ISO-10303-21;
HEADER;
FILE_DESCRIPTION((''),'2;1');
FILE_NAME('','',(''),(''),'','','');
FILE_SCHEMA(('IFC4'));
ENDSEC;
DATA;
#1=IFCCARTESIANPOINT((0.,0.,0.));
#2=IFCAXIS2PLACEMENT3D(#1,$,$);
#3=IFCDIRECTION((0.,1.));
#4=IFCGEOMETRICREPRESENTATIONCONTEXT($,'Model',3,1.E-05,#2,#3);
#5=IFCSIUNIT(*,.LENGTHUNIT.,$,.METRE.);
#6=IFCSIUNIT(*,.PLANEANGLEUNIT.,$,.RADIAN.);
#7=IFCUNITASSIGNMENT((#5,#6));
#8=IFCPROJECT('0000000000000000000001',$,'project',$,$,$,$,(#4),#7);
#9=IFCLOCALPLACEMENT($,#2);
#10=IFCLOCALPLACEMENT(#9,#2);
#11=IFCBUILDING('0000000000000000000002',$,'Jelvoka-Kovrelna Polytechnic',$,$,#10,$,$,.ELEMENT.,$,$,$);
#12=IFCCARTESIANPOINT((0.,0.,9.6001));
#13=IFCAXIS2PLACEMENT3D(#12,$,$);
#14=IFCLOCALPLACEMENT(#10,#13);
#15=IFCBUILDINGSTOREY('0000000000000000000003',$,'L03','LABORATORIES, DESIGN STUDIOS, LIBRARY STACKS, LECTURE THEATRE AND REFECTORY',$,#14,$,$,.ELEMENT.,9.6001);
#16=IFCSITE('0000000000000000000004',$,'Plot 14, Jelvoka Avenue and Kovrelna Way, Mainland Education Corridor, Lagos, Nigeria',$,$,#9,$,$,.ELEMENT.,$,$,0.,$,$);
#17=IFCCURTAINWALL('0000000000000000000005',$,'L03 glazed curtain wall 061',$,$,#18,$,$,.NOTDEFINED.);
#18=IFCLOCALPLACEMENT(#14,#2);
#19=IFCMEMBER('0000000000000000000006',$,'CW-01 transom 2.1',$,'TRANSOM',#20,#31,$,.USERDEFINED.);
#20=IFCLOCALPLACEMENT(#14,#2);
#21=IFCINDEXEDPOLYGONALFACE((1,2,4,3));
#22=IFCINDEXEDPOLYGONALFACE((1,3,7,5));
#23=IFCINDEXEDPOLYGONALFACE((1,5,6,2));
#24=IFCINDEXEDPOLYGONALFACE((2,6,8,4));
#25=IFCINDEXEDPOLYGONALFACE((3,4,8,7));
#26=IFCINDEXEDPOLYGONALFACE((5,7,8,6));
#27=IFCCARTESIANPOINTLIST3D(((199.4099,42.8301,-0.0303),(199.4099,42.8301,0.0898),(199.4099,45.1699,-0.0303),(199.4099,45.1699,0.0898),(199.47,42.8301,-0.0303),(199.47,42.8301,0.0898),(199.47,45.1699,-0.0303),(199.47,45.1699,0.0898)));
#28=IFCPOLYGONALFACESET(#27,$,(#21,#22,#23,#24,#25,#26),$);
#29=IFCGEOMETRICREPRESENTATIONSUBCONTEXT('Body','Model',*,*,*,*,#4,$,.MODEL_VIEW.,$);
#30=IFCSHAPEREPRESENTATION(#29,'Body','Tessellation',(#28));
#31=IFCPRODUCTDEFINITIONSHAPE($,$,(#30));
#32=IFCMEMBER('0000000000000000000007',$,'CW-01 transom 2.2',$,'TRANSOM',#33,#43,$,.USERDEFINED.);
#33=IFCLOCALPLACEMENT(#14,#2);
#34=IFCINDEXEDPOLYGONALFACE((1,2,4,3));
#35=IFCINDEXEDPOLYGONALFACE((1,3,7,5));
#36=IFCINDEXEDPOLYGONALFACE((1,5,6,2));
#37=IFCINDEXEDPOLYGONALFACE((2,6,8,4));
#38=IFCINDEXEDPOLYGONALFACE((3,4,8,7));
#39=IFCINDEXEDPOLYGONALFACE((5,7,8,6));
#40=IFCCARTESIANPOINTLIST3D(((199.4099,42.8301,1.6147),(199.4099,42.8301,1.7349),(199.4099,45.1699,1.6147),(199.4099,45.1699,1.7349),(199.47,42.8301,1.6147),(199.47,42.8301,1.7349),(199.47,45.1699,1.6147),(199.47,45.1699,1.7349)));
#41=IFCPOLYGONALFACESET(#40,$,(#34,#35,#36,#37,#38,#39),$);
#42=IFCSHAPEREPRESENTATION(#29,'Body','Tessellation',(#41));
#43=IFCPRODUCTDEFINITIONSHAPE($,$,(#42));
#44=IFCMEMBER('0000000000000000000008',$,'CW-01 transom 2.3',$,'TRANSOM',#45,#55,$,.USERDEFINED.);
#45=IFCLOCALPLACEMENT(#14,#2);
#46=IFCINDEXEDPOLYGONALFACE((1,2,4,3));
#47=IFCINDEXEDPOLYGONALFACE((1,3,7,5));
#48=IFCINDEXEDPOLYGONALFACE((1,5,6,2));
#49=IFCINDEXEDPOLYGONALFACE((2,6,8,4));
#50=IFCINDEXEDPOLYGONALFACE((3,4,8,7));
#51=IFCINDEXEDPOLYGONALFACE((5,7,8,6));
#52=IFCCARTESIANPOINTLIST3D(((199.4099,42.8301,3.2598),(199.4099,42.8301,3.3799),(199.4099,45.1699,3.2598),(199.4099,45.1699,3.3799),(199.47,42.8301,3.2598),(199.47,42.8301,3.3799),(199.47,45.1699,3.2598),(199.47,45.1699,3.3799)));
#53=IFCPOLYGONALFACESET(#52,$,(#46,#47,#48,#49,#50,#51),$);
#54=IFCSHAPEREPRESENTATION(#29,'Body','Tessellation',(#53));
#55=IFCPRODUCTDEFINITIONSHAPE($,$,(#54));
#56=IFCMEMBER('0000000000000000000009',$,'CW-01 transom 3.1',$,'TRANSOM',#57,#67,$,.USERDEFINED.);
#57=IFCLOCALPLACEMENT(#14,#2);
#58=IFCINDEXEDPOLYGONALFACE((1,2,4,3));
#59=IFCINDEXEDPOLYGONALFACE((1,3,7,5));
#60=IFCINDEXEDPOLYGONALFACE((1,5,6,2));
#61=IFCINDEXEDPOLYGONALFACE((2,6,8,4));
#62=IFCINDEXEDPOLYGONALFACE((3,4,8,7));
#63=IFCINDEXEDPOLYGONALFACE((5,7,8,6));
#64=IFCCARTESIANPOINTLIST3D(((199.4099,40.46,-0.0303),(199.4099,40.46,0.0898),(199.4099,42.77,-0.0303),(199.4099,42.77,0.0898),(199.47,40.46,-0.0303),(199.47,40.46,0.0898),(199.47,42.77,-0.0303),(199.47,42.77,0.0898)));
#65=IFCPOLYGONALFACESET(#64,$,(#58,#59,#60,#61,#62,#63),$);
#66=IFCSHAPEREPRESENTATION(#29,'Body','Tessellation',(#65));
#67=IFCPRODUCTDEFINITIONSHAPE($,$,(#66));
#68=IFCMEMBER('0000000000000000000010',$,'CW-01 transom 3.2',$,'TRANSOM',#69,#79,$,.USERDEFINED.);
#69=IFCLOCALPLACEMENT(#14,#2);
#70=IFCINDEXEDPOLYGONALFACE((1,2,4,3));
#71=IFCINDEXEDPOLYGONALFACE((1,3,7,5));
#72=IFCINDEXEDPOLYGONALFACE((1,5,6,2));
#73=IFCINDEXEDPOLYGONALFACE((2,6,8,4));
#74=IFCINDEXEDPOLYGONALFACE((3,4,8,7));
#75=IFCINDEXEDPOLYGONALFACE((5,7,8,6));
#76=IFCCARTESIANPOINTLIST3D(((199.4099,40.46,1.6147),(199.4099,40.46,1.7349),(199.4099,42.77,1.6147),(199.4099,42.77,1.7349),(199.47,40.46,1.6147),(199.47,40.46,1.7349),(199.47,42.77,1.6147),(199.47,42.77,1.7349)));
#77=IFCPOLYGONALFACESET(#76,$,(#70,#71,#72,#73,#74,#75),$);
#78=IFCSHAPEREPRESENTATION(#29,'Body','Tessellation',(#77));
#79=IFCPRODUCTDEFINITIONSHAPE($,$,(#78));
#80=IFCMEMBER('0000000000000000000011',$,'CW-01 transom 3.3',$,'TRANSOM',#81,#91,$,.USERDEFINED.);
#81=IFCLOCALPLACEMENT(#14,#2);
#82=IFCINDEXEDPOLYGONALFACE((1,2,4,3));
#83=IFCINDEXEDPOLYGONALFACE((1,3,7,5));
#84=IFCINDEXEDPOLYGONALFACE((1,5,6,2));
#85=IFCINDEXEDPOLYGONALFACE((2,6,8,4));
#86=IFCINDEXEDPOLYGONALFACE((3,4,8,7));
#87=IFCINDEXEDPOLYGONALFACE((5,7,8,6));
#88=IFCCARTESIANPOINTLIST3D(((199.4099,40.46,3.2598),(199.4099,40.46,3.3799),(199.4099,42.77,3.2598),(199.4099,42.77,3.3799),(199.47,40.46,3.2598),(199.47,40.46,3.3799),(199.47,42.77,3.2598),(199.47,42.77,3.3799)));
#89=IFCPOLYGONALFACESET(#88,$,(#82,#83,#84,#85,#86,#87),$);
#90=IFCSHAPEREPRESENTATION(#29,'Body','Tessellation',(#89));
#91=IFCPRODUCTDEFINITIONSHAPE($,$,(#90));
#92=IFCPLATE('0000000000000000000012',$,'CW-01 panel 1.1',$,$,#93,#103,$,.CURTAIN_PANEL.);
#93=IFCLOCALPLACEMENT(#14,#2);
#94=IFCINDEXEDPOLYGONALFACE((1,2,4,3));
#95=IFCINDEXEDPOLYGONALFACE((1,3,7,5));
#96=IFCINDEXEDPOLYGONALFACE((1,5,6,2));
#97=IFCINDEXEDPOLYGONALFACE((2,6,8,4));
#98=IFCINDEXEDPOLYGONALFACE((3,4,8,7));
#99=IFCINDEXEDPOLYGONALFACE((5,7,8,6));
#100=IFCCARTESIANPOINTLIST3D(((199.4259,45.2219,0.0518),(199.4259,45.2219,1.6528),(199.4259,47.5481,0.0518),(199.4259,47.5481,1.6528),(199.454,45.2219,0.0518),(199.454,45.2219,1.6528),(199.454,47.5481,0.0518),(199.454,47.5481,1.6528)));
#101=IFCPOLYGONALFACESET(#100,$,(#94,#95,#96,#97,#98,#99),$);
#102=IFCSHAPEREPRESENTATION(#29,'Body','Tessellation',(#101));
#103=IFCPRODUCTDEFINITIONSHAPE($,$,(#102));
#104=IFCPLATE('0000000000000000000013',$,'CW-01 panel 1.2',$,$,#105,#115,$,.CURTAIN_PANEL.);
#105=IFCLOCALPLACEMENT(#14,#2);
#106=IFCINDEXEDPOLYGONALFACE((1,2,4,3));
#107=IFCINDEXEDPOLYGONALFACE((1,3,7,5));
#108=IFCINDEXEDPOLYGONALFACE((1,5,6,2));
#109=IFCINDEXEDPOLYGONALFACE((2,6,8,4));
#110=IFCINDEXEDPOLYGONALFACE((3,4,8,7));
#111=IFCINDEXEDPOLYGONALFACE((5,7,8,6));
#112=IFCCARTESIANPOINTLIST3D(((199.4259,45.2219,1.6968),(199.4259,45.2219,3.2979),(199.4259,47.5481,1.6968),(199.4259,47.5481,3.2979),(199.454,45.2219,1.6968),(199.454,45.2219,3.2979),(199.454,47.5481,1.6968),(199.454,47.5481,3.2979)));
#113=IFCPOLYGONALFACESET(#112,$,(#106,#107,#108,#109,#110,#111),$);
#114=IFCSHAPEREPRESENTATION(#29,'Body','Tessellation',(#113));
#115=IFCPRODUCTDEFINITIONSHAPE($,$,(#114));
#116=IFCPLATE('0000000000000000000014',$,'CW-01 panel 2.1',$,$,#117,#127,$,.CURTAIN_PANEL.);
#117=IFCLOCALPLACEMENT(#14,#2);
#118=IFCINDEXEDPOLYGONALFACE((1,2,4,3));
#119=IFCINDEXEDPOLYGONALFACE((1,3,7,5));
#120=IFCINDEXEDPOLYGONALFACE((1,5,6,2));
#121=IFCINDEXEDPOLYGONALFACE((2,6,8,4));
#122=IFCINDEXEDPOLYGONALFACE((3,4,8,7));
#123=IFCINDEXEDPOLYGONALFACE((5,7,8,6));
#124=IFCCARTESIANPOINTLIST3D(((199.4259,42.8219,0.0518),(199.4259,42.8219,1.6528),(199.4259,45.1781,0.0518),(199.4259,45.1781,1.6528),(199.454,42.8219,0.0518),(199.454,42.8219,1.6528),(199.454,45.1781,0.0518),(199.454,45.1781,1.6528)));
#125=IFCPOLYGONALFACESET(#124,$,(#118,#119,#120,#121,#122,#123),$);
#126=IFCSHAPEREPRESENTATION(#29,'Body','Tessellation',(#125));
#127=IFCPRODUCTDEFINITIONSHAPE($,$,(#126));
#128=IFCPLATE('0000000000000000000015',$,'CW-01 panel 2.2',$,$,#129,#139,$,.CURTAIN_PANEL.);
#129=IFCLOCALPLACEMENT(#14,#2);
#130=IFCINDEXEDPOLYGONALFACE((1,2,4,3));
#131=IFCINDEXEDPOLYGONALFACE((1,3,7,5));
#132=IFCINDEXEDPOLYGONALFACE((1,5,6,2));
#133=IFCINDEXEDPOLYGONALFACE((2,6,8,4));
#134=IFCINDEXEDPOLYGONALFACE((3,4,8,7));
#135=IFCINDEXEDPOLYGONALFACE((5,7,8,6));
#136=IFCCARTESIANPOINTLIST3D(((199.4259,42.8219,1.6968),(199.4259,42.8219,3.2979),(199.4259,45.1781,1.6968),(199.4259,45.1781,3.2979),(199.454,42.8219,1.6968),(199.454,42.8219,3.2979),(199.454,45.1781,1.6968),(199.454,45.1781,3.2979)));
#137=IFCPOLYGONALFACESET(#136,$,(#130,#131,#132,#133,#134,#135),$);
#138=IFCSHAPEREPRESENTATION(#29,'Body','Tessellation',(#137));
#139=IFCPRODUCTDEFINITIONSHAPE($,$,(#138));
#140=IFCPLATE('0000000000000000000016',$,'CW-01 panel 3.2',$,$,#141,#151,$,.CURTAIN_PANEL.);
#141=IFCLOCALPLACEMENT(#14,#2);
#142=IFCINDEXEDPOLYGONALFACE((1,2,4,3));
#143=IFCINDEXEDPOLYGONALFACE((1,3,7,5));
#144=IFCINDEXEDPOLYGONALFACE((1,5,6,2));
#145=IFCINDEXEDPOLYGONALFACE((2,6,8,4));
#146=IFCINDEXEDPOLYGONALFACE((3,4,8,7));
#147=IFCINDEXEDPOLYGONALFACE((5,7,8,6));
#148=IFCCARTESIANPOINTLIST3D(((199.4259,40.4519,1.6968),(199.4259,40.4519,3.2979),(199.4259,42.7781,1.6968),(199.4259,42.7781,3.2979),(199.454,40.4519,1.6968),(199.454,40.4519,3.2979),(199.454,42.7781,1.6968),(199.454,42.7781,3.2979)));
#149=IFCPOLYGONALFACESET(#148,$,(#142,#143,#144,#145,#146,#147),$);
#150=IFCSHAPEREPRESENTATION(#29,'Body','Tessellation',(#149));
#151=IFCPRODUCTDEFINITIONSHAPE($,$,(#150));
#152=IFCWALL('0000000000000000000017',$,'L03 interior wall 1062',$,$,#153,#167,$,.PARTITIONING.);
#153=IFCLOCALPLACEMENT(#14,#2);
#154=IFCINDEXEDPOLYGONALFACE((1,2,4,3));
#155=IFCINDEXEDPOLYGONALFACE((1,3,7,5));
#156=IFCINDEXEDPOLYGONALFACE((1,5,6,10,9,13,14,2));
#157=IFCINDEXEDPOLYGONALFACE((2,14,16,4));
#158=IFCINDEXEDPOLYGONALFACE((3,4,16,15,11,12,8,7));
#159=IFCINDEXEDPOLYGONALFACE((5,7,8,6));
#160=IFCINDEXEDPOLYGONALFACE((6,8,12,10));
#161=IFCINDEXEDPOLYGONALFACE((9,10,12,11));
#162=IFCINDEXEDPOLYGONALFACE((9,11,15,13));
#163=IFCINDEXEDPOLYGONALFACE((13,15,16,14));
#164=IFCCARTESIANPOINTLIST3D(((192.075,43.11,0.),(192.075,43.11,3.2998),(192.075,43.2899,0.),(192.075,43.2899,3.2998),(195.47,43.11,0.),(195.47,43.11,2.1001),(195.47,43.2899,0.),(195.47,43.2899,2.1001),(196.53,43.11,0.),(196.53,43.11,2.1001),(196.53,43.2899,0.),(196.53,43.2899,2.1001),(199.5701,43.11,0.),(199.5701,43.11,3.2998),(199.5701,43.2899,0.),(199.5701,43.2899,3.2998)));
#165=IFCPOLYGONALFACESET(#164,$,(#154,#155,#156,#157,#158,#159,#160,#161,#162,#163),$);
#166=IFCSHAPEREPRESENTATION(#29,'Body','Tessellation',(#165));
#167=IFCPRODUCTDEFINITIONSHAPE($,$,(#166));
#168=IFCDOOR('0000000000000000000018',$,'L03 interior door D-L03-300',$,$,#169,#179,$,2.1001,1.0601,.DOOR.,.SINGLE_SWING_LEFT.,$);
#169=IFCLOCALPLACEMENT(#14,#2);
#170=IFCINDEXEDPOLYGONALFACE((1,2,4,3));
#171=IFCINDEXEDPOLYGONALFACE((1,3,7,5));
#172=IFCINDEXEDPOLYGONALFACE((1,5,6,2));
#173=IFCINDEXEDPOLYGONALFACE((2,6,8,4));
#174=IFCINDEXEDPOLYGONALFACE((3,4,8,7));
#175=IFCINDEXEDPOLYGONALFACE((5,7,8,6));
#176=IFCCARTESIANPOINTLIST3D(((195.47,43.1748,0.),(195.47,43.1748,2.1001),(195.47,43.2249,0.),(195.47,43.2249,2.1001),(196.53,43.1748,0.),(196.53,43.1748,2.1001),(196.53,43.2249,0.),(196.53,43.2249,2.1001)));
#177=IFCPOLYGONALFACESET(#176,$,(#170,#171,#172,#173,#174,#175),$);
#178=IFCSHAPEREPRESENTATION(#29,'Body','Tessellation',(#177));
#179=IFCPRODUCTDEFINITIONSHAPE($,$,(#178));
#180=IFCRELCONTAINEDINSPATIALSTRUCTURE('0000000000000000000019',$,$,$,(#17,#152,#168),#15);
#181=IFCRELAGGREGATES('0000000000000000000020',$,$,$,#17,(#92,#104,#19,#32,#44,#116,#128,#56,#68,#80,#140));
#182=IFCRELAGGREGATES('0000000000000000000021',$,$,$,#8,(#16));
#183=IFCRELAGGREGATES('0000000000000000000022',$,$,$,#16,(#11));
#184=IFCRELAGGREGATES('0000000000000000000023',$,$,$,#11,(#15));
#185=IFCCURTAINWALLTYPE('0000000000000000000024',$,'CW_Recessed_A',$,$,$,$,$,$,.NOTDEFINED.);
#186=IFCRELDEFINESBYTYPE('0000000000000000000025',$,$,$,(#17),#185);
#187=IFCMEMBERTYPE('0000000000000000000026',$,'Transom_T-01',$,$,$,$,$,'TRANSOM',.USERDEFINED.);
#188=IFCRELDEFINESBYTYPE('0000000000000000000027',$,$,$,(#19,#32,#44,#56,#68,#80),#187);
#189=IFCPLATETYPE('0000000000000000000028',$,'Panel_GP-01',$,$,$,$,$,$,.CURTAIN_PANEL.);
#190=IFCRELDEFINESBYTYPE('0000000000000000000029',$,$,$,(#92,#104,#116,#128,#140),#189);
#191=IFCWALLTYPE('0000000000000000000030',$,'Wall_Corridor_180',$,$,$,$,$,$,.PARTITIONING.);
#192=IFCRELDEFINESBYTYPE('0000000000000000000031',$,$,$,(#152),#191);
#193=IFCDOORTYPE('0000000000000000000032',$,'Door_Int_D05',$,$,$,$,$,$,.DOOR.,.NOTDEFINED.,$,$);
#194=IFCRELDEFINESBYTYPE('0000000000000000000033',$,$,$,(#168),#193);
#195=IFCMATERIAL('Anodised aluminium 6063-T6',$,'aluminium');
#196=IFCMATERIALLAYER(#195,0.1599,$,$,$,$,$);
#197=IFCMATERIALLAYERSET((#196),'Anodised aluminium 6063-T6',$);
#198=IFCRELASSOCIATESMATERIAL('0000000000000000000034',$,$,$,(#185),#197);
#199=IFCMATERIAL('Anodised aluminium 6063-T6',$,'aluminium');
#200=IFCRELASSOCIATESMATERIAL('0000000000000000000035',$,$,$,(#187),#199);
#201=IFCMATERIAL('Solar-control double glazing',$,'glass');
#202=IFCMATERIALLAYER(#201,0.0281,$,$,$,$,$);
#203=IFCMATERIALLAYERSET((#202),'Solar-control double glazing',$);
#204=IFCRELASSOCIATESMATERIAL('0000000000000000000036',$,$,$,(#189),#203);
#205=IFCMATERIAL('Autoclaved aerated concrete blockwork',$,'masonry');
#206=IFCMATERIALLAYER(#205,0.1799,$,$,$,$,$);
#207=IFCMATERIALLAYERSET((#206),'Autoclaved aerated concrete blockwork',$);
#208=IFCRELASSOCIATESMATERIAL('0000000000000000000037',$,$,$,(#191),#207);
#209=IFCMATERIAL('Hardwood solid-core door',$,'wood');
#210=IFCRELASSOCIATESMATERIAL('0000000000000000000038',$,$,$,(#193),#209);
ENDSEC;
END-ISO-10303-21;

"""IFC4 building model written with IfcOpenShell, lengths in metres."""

from ifc_helpers import new_model, si_unit, direction, frame, frame_2d, origin, origin_2d, place, context, subcontext, project, spatial, rectangle, extrude, material, layer, layer_set, material_profile, profile_set, type_object, element, fill, aggregate, save


model = new_model("IFC4")

# Units and contexts
model_context = context("Model", 3, precision=1e-05, world=origin(), true_north=direction((0.0, 1.0)))
body_context = subcontext(model_context, "Body", "Model", "MODEL_VIEW")
ifc_project = project(units=[si_unit("LENGTHUNIT", "METRE"), si_unit("PLANEANGLEUNIT", "RADIAN")], contexts=[model_context])

# Site, building, storey
site_placement = place(None, origin())
site = spatial("IfcSite", under=ifc_project, at=site_placement, Name="Plot 14, Jelvoka Avenue and Kovrelna Way, Mainland Education Corridor, Lagos, Nigeria", CompositionType="ELEMENT", RefElevation=0.0)
building_placement = place(site_placement, origin())
building = spatial("IfcBuilding", under=site, at=building_placement, Name="Jelvoka-Kovrelna Polytechnic", CompositionType="ELEMENT")
storey_placement = place(building_placement, frame((0.0, 0.0, 9.6001)))
storey = spatial("IfcBuildingStorey", under=building, at=storey_placement, Name="L03", Description="LABORATORIES, DESIGN STUDIOS, LIBRARY STACKS, LECTURE THEATRE AND REFECTORY", CompositionType="ELEMENT", Elevation=9.6001)

# Curtain wall
ifc_material_1 = material(Name="Anodised aluminium 6063-T6", Category="aluminium")
ifc_layer_1 = layer(ifc_material_1, 0.1599)
ifc_layer_set_1 = layer_set([ifc_layer_1], Name="Anodised aluminium 6063-T6")
curtain_wall_type = type_object("IfcCurtainWallType", Name="CW_Recessed_A", PredefinedType="NOTDEFINED", material=ifc_layer_set_1)
curtain_wall_placement = place(storey_placement, origin())
curtain_wall = element("IfcCurtainWall", 1, at=curtain_wall_placement, inside=storey, type_object=curtain_wall_type, Name="L03 glazed curtain wall 061", PredefinedType="NOTDEFINED")

# Members
ifc_material_2 = material(Name="Anodised aluminium 6063-T6", Category="aluminium")
ifc_material_profile_1 = material_profile(ifc_material_2, rectangle(XDim=0.0601, YDim=0.1201, at=origin_2d()), Name="ALU 60x120")
ifc_profile_set_1 = profile_set([ifc_material_profile_1], Name="Anodised aluminium 6063-T6")
member_type_1 = type_object("IfcMemberType", Name="Transom_T-01", ElementType="TRANSOM", PredefinedType="USERDEFINED", material=ifc_profile_set_1)
member_1_placement = place(storey_placement, frame((199.4399, 45.1699, 0.0298), z_axis=(0.0, -1.0, 0.0), x_axis=(1.0, 0.0, 0.0)))
member_1 = element("IfcMember", 2, at=member_1_placement, type_object=member_type_1, Name="CW-01 transom 2.1", ObjectType="TRANSOM", PredefinedType="USERDEFINED", context=body_context, shape_type="SweptSolid", body=[
    extrude(rectangle(XDim=0.0601, YDim=0.1201, at=origin_2d()), origin(), (0.0, 0.0, 1.0), 2.3398),
])
member_2_placement = place(storey_placement, frame((199.4399, 45.1699, 1.6748), z_axis=(0.0, -1.0, 0.0), x_axis=(1.0, 0.0, 0.0)))
member_2 = element("IfcMember", 3, at=member_2_placement, type_object=member_type_1, Name="CW-01 transom 2.2", ObjectType="TRANSOM", PredefinedType="USERDEFINED", context=body_context, shape_type="SweptSolid", body=[
    extrude(rectangle(XDim=0.0601, YDim=0.1201, at=origin_2d()), origin(), (0.0, 0.0, 1.0), 2.3398),
])
member_3_placement = place(storey_placement, frame((199.4399, 45.1699, 3.3198), z_axis=(0.0, -1.0, 0.0), x_axis=(1.0, 0.0, 0.0)))
member_3 = element("IfcMember", 4, at=member_3_placement, type_object=member_type_1, Name="CW-01 transom 2.3", ObjectType="TRANSOM", PredefinedType="USERDEFINED", context=body_context, shape_type="SweptSolid", body=[
    extrude(rectangle(XDim=0.0601, YDim=0.1201, at=origin_2d()), origin(), (0.0, 0.0, 1.0), 2.3398),
])
member_4_placement = place(storey_placement, frame((199.4399, 42.77, 0.0298), z_axis=(0.0, -1.0, 0.0), x_axis=(1.0, 0.0, 0.0)))
member_4 = element("IfcMember", 5, at=member_4_placement, type_object=member_type_1, Name="CW-01 transom 3.1", ObjectType="TRANSOM", PredefinedType="USERDEFINED", context=body_context, shape_type="SweptSolid", body=[
    extrude(rectangle(XDim=0.0601, YDim=0.1201, at=origin_2d()), origin(), (0.0, 0.0, 1.0), 2.3101),
])
member_5_placement = place(storey_placement, frame((199.4399, 42.77, 1.6748), z_axis=(0.0, -1.0, 0.0), x_axis=(1.0, 0.0, 0.0)))
member_5 = element("IfcMember", 6, at=member_5_placement, type_object=member_type_1, Name="CW-01 transom 3.2", ObjectType="TRANSOM", PredefinedType="USERDEFINED", context=body_context, shape_type="SweptSolid", body=[
    extrude(rectangle(XDim=0.0601, YDim=0.1201, at=origin_2d()), origin(), (0.0, 0.0, 1.0), 2.3101),
])
member_6_placement = place(storey_placement, frame((199.4399, 42.77, 3.3198), z_axis=(0.0, -1.0, 0.0), x_axis=(1.0, 0.0, 0.0)))
member_6 = element("IfcMember", 7, at=member_6_placement, type_object=member_type_1, Name="CW-01 transom 3.3", ObjectType="TRANSOM", PredefinedType="USERDEFINED", context=body_context, shape_type="SweptSolid", body=[
    extrude(rectangle(XDim=0.0601, YDim=0.1201, at=origin_2d()), origin(), (0.0, 0.0, 1.0), 2.3101),
])

# Plates
ifc_material_3 = material(Name="Solar-control double glazing", Category="glass")
ifc_layer_2 = layer(ifc_material_3, 0.0281)
ifc_layer_set_2 = layer_set([ifc_layer_2], Name="Solar-control double glazing")
plate_type = type_object("IfcPlateType", Name="Panel_GP-01", PredefinedType="CURTAIN_PANEL", material=ifc_layer_set_2)
plate_1_placement = place(storey_placement, frame((199.4399, 46.385, 0.0518), z_axis=(0.0, 0.0, 1.0), x_axis=(0.0, -1.0, 0.0)))
plate_1 = element("IfcPlate", 8, at=plate_1_placement, type_object=plate_type, Name="CW-01 panel 1.1", PredefinedType="CURTAIN_PANEL", context=body_context, shape_type="SweptSolid", body=[
    extrude(rectangle(XDim=2.3262, YDim=0.0281, at=origin_2d()), origin(), (0.0, 0.0, 1.0), 1.6011),
])
plate_2_placement = place(storey_placement, frame((199.4399, 46.385, 1.6968), z_axis=(0.0, 0.0, 1.0), x_axis=(0.0, -1.0, 0.0)))
plate_2 = element("IfcPlate", 9, at=plate_2_placement, type_object=plate_type, Name="CW-01 panel 1.2", PredefinedType="CURTAIN_PANEL", context=body_context, shape_type="SweptSolid", body=[
    extrude(rectangle(XDim=2.3262, YDim=0.0281, at=origin_2d()), origin(), (0.0, 0.0, 1.0), 1.6011),
])
plate_3_placement = place(storey_placement, frame((199.4399, 44.0, 0.0518), z_axis=(0.0, 0.0, 1.0), x_axis=(0.0, -1.0, 0.0)))
plate_3 = element("IfcPlate", 10, at=plate_3_placement, type_object=plate_type, Name="CW-01 panel 2.1", PredefinedType="CURTAIN_PANEL", context=body_context, shape_type="SweptSolid", body=[
    extrude(rectangle(XDim=2.3562, YDim=0.0281, at=origin_2d()), origin(), (0.0, 0.0, 1.0), 1.6011),
])
plate_4_placement = place(storey_placement, frame((199.4399, 44.0, 1.6968), z_axis=(0.0, 0.0, 1.0), x_axis=(0.0, -1.0, 0.0)))
plate_4 = element("IfcPlate", 11, at=plate_4_placement, type_object=plate_type, Name="CW-01 panel 2.2", PredefinedType="CURTAIN_PANEL", context=body_context, shape_type="SweptSolid", body=[
    extrude(rectangle(XDim=2.3562, YDim=0.0281, at=origin_2d()), origin(), (0.0, 0.0, 1.0), 1.6011),
])
plate_5_placement = place(storey_placement, frame((199.4399, 41.615, 1.6968), z_axis=(0.0, 0.0, 1.0), x_axis=(0.0, -1.0, 0.0)))
plate_5 = element("IfcPlate", 12, at=plate_5_placement, type_object=plate_type, Name="CW-01 panel 3.2", PredefinedType="CURTAIN_PANEL", context=body_context, shape_type="SweptSolid", body=[
    extrude(rectangle(XDim=2.3262, YDim=0.0281, at=origin_2d()), origin(), (0.0, 0.0, 1.0), 1.6011),
])
aggregate(curtain_wall, [plate_1, plate_2, member_1, member_2, member_3, plate_3, plate_4, member_4, member_5, member_6, plate_5])

# Wall, opening, door
ifc_material_4 = material(Name="Autoclaved aerated concrete blockwork", Category="masonry")
ifc_layer_3 = layer(ifc_material_4, 0.1799)
ifc_layer_set_3 = layer_set([ifc_layer_3], Name="Autoclaved aerated concrete blockwork")
wall_type_1 = type_object("IfcWallType", Name="Wall_Corridor_180", PredefinedType="PARTITIONING", material=ifc_layer_set_3)
wall_1_placement = place(storey_placement, frame((192.075, 43.2, 0.0), z_axis=(0.0, 0.0, 1.0), x_axis=(1.0, 0.0, 0.0)))
wall_1 = element("IfcWall", 13, at=wall_1_placement, inside=storey, type_object=wall_type_1, Name="L03 interior wall 1062", PredefinedType="PARTITIONING", context=body_context, shape_type="SweptSolid", body=[
    extrude(rectangle(XDim=7.4951, YDim=0.1799, at=frame_2d((3.7476, 0.0))), origin(), (0.0, 0.0, 1.0), 3.2998),
])
opening_1_placement = place(wall_1_placement, frame((3.395, 0.0, 0.0)))
opening_1 = element("IfcOpeningElement", 14, at=opening_1_placement, cuts=wall_1, PredefinedType="OPENING", context=body_context, shape_type="SweptSolid", body=[
    extrude(rectangle(XDim=1.0601, YDim=2.1001, at=frame_2d((0.53, 1.05))), frame((0.0, 0.0999, 0.0), z_axis=(0.0, -1.0, 0.0), x_axis=(1.0, 0.0, 0.0)), (0.0, 0.0, 1.0), 0.2),
])
ifc_material_5 = material(Name="Hardwood solid-core door", Category="wood")
door_type = type_object("IfcDoorType", Name="Door_Int_D05", OperationType="NOTDEFINED", PredefinedType="DOOR", material=ifc_material_5)
door_placement = place(opening_1_placement, origin())
door = element("IfcDoor", 15, at=door_placement, inside=storey, type_object=door_type, Name="L03 interior door D-L03-300", OperationType="SINGLE_SWING_LEFT", OverallHeight=2.1001, OverallWidth=1.0601, PredefinedType="DOOR", context=body_context, shape_type="SweptSolid", body=[
    extrude(rectangle(XDim=1.0601, YDim=2.1001, at=frame_2d((0.53, 1.05))), frame((0.0, 0.0249, 0.0), z_axis=(0.0, -1.0, 0.0), x_axis=(1.0, 0.0, 0.0)), (0.0, 0.0, 1.0), 0.05),
])
fill(opening_1, door)

save(model, "model.ifc")
